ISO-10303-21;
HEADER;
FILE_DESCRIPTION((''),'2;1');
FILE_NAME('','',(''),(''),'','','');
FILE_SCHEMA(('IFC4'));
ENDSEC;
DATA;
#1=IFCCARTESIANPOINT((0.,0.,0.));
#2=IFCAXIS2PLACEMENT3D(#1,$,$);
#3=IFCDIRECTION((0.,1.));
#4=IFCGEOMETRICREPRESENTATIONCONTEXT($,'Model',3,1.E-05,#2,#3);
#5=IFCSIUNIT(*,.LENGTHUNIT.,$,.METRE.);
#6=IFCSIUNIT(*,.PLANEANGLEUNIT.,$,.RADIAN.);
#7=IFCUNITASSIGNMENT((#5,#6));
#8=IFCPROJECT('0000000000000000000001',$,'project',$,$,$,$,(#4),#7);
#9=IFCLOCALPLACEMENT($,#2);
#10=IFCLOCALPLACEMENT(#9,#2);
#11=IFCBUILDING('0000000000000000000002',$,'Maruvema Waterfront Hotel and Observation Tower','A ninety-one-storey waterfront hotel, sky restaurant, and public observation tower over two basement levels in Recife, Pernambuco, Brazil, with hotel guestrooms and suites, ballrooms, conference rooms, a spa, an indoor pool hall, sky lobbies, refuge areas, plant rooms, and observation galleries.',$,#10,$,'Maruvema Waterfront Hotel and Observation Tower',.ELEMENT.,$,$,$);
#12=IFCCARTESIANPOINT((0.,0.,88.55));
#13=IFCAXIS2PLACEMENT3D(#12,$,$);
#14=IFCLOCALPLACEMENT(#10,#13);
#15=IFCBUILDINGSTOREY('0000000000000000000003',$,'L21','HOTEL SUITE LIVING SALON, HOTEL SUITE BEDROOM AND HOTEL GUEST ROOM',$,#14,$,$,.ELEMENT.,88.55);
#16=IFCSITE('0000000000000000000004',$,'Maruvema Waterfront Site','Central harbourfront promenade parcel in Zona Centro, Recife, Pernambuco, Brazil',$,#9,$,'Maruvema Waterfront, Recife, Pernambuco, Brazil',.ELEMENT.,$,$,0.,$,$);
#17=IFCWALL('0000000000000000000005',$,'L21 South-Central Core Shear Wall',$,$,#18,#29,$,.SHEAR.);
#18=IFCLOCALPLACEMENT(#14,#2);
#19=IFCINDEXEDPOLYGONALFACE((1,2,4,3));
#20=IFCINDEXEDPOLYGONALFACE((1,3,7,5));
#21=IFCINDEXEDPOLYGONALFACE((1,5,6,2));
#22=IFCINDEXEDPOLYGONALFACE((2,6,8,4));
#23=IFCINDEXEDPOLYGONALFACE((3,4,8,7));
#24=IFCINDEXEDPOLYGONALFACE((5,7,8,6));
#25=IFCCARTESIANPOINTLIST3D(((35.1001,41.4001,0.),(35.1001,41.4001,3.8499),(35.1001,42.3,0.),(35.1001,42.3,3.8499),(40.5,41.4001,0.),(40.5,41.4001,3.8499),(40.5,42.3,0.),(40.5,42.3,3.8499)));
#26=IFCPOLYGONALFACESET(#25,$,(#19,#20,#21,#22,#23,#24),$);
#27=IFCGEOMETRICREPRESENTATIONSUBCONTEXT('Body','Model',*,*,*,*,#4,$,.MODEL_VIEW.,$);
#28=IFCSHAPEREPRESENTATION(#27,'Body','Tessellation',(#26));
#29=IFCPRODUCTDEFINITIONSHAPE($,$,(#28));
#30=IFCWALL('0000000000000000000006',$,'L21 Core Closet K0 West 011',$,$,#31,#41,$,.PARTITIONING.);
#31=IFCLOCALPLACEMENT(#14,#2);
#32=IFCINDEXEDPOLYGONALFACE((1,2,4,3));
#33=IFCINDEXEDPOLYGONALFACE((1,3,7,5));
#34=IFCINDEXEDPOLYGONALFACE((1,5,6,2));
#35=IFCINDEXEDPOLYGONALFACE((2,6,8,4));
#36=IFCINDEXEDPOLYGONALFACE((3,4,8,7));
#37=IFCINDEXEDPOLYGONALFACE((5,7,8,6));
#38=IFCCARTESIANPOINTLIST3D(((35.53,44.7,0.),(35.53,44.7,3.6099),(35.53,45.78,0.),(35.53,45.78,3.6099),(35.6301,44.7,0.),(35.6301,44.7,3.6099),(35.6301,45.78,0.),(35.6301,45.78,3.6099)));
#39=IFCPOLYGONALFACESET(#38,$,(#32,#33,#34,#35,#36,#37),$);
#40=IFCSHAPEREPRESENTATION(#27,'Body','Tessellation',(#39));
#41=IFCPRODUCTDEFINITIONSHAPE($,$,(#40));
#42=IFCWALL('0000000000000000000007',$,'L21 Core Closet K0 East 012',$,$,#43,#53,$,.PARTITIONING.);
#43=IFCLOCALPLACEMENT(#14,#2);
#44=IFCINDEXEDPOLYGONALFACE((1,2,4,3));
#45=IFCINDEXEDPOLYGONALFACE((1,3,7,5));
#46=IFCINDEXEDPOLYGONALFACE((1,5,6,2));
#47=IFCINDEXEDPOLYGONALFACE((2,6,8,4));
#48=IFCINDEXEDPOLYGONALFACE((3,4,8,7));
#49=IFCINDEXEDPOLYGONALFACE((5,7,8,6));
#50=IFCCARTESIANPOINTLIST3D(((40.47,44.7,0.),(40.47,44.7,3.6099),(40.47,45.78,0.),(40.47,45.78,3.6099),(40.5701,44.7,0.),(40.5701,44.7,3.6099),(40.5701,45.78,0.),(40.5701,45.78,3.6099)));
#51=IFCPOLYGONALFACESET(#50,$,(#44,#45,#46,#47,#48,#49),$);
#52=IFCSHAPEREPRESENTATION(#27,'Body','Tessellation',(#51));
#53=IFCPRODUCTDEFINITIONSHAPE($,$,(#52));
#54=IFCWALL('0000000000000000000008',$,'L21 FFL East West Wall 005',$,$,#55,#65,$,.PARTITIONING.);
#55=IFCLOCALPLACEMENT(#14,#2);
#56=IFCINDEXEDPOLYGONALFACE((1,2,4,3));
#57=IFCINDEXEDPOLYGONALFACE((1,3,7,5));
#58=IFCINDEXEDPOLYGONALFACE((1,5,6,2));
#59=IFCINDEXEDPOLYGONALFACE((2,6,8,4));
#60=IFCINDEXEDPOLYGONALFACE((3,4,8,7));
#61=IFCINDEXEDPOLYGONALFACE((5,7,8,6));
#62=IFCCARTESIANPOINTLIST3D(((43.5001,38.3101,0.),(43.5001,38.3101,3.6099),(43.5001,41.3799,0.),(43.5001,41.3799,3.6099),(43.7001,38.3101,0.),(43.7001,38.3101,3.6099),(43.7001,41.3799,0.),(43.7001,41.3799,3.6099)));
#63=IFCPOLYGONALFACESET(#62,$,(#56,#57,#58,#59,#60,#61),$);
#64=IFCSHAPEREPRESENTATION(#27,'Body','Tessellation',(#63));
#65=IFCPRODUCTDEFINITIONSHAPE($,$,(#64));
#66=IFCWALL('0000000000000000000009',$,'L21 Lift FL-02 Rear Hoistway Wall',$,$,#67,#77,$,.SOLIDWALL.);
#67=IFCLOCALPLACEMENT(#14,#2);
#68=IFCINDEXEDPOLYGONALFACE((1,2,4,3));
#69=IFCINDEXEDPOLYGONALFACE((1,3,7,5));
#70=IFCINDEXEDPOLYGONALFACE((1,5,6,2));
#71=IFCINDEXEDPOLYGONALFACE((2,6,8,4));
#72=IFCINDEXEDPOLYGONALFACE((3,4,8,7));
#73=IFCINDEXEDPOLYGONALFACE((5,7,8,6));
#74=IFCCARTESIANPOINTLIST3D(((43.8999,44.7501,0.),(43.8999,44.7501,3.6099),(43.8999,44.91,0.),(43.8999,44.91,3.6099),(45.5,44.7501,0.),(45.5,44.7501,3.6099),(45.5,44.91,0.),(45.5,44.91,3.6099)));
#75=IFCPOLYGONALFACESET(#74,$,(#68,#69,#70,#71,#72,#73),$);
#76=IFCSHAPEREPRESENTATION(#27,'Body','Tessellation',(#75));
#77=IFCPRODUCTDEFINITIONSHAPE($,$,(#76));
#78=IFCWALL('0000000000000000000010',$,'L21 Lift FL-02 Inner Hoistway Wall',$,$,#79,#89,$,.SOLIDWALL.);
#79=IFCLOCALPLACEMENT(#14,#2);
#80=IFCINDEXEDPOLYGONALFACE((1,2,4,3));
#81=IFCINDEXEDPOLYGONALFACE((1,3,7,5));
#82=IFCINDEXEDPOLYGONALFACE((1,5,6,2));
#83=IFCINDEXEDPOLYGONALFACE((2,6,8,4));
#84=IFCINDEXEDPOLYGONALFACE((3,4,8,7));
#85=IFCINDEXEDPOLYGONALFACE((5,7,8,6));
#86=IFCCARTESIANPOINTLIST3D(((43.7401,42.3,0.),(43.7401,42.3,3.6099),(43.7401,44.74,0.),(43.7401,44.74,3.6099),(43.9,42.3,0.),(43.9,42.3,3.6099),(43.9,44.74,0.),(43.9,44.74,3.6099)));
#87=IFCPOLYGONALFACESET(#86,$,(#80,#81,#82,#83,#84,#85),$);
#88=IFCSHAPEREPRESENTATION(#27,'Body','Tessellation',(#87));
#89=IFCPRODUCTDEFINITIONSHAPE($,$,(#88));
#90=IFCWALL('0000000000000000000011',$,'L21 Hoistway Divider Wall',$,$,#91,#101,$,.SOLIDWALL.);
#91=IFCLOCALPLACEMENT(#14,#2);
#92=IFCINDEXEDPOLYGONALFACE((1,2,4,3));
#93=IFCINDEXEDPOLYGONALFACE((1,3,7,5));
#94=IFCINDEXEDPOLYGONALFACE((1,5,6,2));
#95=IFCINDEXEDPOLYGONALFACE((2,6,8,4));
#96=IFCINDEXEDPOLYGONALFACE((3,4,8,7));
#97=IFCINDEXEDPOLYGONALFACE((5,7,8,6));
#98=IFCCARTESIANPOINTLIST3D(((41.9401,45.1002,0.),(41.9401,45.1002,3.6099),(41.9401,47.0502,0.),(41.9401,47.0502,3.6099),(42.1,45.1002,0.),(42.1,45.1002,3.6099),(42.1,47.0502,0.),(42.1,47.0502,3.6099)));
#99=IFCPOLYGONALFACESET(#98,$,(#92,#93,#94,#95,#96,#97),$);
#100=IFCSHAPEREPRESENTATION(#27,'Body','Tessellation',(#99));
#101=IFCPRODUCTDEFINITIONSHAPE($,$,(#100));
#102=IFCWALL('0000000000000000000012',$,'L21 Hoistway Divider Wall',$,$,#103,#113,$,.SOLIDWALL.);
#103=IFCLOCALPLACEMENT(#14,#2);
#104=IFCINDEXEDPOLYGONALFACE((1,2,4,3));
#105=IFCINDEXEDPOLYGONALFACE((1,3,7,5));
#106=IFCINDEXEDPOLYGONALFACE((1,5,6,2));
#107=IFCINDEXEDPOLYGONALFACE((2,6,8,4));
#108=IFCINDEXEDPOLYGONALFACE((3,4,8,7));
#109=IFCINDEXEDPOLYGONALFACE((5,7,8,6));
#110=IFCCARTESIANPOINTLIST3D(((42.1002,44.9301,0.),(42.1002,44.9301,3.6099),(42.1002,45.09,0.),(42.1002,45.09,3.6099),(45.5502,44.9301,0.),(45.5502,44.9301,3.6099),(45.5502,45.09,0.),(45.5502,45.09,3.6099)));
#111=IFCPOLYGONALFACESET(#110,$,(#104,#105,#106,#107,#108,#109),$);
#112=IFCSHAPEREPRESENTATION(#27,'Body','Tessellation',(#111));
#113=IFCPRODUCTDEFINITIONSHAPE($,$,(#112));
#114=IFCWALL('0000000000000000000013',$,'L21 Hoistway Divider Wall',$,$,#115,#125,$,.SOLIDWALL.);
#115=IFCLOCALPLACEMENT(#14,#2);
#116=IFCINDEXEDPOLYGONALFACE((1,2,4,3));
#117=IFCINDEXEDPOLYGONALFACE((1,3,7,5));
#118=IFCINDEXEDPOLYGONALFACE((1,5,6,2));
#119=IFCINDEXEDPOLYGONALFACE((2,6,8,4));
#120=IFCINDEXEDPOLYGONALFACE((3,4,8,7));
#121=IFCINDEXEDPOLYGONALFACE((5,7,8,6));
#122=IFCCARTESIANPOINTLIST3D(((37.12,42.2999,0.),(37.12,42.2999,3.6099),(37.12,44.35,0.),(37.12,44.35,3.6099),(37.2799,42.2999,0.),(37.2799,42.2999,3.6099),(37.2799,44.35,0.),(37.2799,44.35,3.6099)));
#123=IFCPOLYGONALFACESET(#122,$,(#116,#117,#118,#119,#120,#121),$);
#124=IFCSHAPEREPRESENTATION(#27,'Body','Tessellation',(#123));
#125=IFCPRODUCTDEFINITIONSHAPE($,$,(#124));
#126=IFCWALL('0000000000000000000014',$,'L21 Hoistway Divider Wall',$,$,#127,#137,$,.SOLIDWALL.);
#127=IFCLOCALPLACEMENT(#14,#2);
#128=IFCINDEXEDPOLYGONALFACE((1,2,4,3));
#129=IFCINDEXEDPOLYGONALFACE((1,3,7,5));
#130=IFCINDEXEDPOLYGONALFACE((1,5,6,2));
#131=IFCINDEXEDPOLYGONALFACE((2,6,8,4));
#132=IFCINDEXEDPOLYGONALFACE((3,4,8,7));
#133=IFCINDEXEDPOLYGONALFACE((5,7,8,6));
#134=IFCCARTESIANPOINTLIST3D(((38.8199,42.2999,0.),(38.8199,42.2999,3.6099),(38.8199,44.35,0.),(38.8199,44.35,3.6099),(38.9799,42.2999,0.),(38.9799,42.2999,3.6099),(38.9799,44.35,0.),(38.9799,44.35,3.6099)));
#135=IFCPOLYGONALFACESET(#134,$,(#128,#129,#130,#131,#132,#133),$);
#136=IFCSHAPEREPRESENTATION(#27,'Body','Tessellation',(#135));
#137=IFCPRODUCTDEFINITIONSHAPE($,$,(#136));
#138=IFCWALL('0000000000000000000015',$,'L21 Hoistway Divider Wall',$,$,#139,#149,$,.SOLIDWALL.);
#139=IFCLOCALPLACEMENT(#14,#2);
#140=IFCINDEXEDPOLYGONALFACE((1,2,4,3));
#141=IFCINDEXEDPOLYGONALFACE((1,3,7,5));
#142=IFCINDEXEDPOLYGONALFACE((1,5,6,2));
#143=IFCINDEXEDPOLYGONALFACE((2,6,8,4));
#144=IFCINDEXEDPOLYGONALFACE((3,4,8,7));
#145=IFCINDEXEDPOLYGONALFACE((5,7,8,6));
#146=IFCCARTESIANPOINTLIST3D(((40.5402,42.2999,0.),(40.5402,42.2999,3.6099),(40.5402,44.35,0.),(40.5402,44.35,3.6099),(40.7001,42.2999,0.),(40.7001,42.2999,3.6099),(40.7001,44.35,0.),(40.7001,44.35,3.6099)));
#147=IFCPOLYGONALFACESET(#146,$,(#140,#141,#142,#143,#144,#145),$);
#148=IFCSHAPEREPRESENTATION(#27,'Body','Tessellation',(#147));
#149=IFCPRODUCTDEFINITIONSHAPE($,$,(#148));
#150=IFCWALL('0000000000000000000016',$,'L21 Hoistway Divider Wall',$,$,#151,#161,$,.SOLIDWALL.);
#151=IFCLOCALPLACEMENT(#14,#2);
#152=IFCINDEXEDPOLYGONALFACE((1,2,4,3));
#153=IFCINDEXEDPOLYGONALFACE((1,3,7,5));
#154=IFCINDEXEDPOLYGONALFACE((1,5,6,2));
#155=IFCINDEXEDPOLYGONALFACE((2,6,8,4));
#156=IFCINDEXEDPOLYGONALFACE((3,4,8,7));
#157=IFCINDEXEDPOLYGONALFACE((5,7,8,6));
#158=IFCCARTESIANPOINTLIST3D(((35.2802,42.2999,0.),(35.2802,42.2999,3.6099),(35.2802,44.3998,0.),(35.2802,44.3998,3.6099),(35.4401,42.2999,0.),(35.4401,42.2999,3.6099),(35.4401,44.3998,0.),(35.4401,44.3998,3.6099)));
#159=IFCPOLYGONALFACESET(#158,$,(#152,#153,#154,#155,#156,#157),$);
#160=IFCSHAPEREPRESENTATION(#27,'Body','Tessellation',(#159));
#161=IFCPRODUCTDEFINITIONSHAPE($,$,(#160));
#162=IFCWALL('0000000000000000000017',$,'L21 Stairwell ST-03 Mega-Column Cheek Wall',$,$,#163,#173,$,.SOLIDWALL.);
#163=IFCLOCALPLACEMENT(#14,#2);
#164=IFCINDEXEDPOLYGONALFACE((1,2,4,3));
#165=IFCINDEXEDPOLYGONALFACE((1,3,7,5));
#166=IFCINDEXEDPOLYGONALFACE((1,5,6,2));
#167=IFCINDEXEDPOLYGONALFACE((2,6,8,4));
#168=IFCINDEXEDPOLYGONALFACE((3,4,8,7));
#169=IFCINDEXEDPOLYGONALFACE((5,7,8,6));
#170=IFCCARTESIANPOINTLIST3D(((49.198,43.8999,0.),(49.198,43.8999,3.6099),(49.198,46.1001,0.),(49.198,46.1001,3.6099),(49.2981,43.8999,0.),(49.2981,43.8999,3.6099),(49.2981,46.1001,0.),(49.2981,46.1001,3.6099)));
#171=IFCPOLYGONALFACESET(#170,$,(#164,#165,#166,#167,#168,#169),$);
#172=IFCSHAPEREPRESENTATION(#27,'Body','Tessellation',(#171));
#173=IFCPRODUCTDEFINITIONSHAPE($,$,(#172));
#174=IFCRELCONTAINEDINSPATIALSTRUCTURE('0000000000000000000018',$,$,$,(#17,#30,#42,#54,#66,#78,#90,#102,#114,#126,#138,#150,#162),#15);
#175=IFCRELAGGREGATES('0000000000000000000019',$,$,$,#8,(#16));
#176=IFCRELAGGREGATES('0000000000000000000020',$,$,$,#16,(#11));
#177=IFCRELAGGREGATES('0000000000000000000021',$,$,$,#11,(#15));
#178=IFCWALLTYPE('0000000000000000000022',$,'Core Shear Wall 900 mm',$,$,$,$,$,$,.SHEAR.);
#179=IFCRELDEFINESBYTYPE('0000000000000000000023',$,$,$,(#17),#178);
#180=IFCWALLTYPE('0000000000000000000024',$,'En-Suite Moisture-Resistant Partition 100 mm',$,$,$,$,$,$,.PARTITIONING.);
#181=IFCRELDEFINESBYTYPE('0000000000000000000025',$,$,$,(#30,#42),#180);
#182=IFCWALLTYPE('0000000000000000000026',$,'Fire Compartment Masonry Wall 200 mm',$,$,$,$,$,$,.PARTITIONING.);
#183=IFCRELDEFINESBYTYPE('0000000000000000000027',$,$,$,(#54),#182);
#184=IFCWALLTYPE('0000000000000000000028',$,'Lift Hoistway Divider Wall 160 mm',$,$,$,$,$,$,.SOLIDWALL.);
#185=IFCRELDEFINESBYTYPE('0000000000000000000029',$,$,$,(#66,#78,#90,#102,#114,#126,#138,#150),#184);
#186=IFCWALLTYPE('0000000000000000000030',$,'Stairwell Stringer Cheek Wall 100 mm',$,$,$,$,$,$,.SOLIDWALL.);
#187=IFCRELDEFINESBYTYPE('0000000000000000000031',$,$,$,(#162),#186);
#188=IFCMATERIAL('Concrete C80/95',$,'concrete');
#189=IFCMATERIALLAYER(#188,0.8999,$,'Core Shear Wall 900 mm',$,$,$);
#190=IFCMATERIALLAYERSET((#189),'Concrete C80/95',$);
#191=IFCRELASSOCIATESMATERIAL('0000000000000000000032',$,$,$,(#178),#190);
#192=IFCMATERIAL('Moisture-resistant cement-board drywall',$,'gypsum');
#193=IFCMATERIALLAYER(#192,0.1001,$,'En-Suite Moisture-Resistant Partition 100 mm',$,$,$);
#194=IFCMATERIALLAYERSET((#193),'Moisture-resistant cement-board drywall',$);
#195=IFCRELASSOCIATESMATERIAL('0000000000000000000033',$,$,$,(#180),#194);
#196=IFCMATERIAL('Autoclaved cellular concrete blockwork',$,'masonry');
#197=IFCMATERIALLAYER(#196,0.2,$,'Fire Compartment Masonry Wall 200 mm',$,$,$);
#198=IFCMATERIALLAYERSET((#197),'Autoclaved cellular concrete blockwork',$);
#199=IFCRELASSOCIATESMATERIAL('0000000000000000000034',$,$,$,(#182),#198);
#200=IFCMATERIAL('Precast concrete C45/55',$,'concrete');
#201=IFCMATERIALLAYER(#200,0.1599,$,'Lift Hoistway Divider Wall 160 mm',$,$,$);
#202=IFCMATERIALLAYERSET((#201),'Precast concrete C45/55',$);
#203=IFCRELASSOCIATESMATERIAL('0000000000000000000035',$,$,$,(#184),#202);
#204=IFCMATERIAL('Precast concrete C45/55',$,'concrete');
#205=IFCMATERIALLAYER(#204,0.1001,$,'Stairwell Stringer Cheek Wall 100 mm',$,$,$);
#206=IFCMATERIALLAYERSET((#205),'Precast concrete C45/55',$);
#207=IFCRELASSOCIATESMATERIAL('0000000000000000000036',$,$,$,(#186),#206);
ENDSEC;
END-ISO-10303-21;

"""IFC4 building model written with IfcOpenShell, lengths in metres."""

from ifc_helpers import new_model, si_unit, direction, frame, frame_2d, origin, place, context, subcontext, project, spatial, rectangle, extrude, material, layer, layer_set, type_object, element, save


model = new_model("IFC4")

# Units and contexts
model_context = context("Model", 3, precision=1e-05, world=origin(), true_north=direction((0.0, 1.0)))
body_context = subcontext(model_context, "Body", "Model", "MODEL_VIEW")
ifc_project = project(units=[si_unit("LENGTHUNIT", "METRE"), si_unit("PLANEANGLEUNIT", "RADIAN")], contexts=[model_context])

# Site, building, storey
site_placement = place(None, origin())
site = spatial("IfcSite", under=ifc_project, at=site_placement, Name="Maruvema Waterfront Site", Description="Central harbourfront promenade parcel in Zona Centro, Recife, Pernambuco, Brazil", LongName="Maruvema Waterfront, Recife, Pernambuco, Brazil", CompositionType="ELEMENT", RefElevation=0.0)
building_placement = place(site_placement, origin())
building = spatial("IfcBuilding", under=site, at=building_placement, Name="Maruvema Waterfront Hotel and Observation Tower", Description="A ninety-one-storey waterfront hotel, sky restaurant, and public observation tower over two basement levels in Recife, Pernambuco, Brazil, with hotel guestrooms and suites, ballrooms, conference rooms, a spa, an indoor pool hall, sky lobbies, refuge areas, plant rooms, and observation galleries.", LongName="Maruvema Waterfront Hotel and Observation Tower", CompositionType="ELEMENT")
storey_placement = place(building_placement, frame((0.0, 0.0, 88.55)))
storey = spatial("IfcBuildingStorey", under=building, at=storey_placement, Name="L21", Description="HOTEL SUITE LIVING SALON, HOTEL SUITE BEDROOM AND HOTEL GUEST ROOM", CompositionType="ELEMENT", Elevation=88.55)

# Wall
ifc_material_1 = material(Name="Concrete C80/95", Category="concrete")
ifc_layer_1 = layer(ifc_material_1, 0.8999, Name="Core Shear Wall 900 mm")
ifc_layer_set_1 = layer_set([ifc_layer_1], Name="Concrete C80/95")
wall_type_1 = type_object("IfcWallType", Name="Core Shear Wall 900 mm", PredefinedType="SHEAR", material=ifc_layer_set_1)
wall_1_placement = place(storey_placement, frame((35.1001, 41.8501, 0.0), z_axis=(0.0, 0.0, 1.0), x_axis=(1.0, 0.0, 0.0)))
element("IfcWall", 1, at=wall_1_placement, inside=storey, type_object=wall_type_1, Name="L21 South-Central Core Shear Wall", PredefinedType="SHEAR", context=body_context, shape_type="SweptSolid", body=[
    extrude(rectangle(XDim=5.3999, YDim=0.8999, at=frame_2d((2.7, 0.0))), origin(), (0.0, 0.0, 1.0), 3.8499),
])

# Walls
ifc_material_2 = material(Name="Moisture-resistant cement-board drywall", Category="gypsum")
ifc_layer_2 = layer(ifc_material_2, 0.1001, Name="En-Suite Moisture-Resistant Partition 100 mm")
ifc_layer_set_2 = layer_set([ifc_layer_2], Name="Moisture-resistant cement-board drywall")
wall_type_2 = type_object("IfcWallType", Name="En-Suite Moisture-Resistant Partition 100 mm", PredefinedType="PARTITIONING", material=ifc_layer_set_2)
for number, where, z_axis, x_axis, name in (
    (2, (35.5801, 44.7, 0.0), (0.0, 0.0, 1.0), (0.0, 1.0, 0.0), "L21 Core Closet K0 West 011"),
    (3, (40.52, 44.7, 0.0), (0.0, 0.0, 1.0), (0.0, 1.0, 0.0), "L21 Core Closet K0 East 012"),
):
    element("IfcWall", number, at=place(storey_placement, frame(where, z_axis=z_axis, x_axis=x_axis)), inside=storey, type_object=wall_type_2, Name=name, PredefinedType="PARTITIONING", context=body_context, shape_type="SweptSolid", body=[
        extrude(rectangle(XDim=1.0801, YDim=0.1001, at=frame_2d((0.54, 0.0))), origin(), (0.0, 0.0, 1.0), 3.6099),
    ])

# Shared definitions
ifc_material_3 = material(Name="Autoclaved cellular concrete blockwork", Category="masonry")
ifc_layer_3 = layer(ifc_material_3, 0.2, Name="Fire Compartment Masonry Wall 200 mm")
ifc_layer_set_3 = layer_set([ifc_layer_3], Name="Autoclaved cellular concrete blockwork")
wall_type_3 = type_object("IfcWallType", Name="Fire Compartment Masonry Wall 200 mm", PredefinedType="PARTITIONING", material=ifc_layer_set_3)

# Walls
wall_2_placement = place(storey_placement, frame((43.6001, 38.3101, 0.0), z_axis=(0.0, 0.0, 1.0), x_axis=(0.0, 1.0, 0.0)))
element("IfcWall", 4, at=wall_2_placement, inside=storey, type_object=wall_type_3, Name="L21 FFL East West Wall 005", PredefinedType="PARTITIONING", context=body_context, shape_type="SweptSolid", body=[
    extrude(rectangle(XDim=3.0698, YDim=0.2, at=frame_2d((1.5349, 0.0))), origin(), (0.0, 0.0, 1.0), 3.6099),
])
ifc_material_4 = material(Name="Precast concrete C45/55", Category="concrete")
ifc_layer_4 = layer(ifc_material_4, 0.1599, Name="Lift Hoistway Divider Wall 160 mm")
ifc_layer_set_4 = layer_set([ifc_layer_4], Name="Precast concrete C45/55")
wall_type_4 = type_object("IfcWallType", Name="Lift Hoistway Divider Wall 160 mm", PredefinedType="SOLIDWALL", material=ifc_layer_set_4)
wall_3_placement = place(storey_placement, frame((43.8999, 44.8301, 0.0), z_axis=(0.0, 0.0, 1.0), x_axis=(1.0, 0.0, 0.0)))
element("IfcWall", 5, at=wall_3_placement, inside=storey, type_object=wall_type_4, Name="L21 Lift FL-02 Rear Hoistway Wall", PredefinedType="SOLIDWALL", context=body_context, shape_type="SweptSolid", body=[
    extrude(rectangle(XDim=1.6001, YDim=0.1599, at=frame_2d((0.8, 0.0))), origin(), (0.0, 0.0, 1.0), 3.6099),
])
wall_4_placement = place(storey_placement, frame((43.8201, 42.3, 0.0), z_axis=(0.0, 0.0, 1.0), x_axis=(0.0, 1.0, 0.0)))
element("IfcWall", 6, at=wall_4_placement, inside=storey, type_object=wall_type_4, Name="L21 Lift FL-02 Inner Hoistway Wall", PredefinedType="SOLIDWALL", context=body_context, shape_type="SweptSolid", body=[
    extrude(rectangle(XDim=2.4399, YDim=0.1599, at=frame_2d((1.22, 0.0))), origin(), (0.0, 0.0, 1.0), 3.6099),
])
wall_5_placement = place(storey_placement, frame((42.02, 45.1001, 0.0), z_axis=(0.0, 0.0, 1.0), x_axis=(0.0, 1.0, 0.0)))
element("IfcWall", 7, at=wall_5_placement, inside=storey, type_object=wall_type_4, Name="L21 Hoistway Divider Wall", PredefinedType="SOLIDWALL", context=body_context, shape_type="SweptSolid", body=[
    extrude(rectangle(XDim=1.95, YDim=0.1599, at=frame_2d((0.9751, 0.0))), origin(), (0.0, 0.0, 1.0), 3.6099),
])
wall_6_placement = place(storey_placement, frame((42.1001, 45.01, 0.0), z_axis=(0.0, 0.0, 1.0), x_axis=(1.0, 0.0, 0.0)))
element("IfcWall", 8, at=wall_6_placement, inside=storey, type_object=wall_type_4, Name="L21 Hoistway Divider Wall", PredefinedType="SOLIDWALL", context=body_context, shape_type="SweptSolid", body=[
    extrude(rectangle(XDim=3.45, YDim=0.1599, at=frame_2d((1.7251, 0.0))), origin(), (0.0, 0.0, 1.0), 3.6099),
])
for number, where, z_axis, x_axis, name in (
    (9, (37.2, 42.3, 0.0), (0.0, 0.0, 1.0), (0.0, 1.0, 0.0), "L21 Hoistway Divider Wall"),
    (10, (38.8999, 42.3, 0.0), (0.0, 0.0, 1.0), (0.0, 1.0, 0.0), "L21 Hoistway Divider Wall"),
    (11, (40.6201, 42.3, 0.0), (0.0, 0.0, 1.0), (0.0, 1.0, 0.0), "L21 Hoistway Divider Wall"),
):
    element("IfcWall", number, at=place(storey_placement, frame(where, z_axis=z_axis, x_axis=x_axis)), inside=storey, type_object=wall_type_4, Name=name, PredefinedType="SOLIDWALL", context=body_context, shape_type="SweptSolid", body=[
        extrude(rectangle(XDim=2.05, YDim=0.1599, at=frame_2d((1.0249, 0.0))), origin(), (0.0, 0.0, 1.0), 3.6099),
    ])
wall_7_placement = place(storey_placement, frame((35.3601, 42.3, 0.0), z_axis=(0.0, 0.0, 1.0), x_axis=(0.0, 1.0, 0.0)))
element("IfcWall", 12, at=wall_7_placement, inside=storey, type_object=wall_type_4, Name="L21 Hoistway Divider Wall", PredefinedType="SOLIDWALL", context=body_context, shape_type="SweptSolid", body=[
    extrude(rectangle(XDim=2.0999, YDim=0.1599, at=frame_2d((1.0498, 0.0))), origin(), (0.0, 0.0, 1.0), 3.6099),
])
ifc_material_5 = material(Name="Precast concrete C45/55", Category="concrete")
ifc_layer_5 = layer(ifc_material_5, 0.1001, Name="Stairwell Stringer Cheek Wall 100 mm")
ifc_layer_set_5 = layer_set([ifc_layer_5], Name="Precast concrete C45/55")
wall_type_5 = type_object("IfcWallType", Name="Stairwell Stringer Cheek Wall 100 mm", PredefinedType="SOLIDWALL", material=ifc_layer_set_5)
wall_8_placement = place(storey_placement, frame((49.248, 43.8999, 0.0), z_axis=(0.0, 0.0, 1.0), x_axis=(0.0, 1.0, 0.0)))
element("IfcWall", 13, at=wall_8_placement, inside=storey, type_object=wall_type_5, Name="L21 Stairwell ST-03 Mega-Column Cheek Wall", PredefinedType="SOLIDWALL", context=body_context, shape_type="SweptSolid", body=[
    extrude(rectangle(XDim=2.2002, YDim=0.1001, at=frame_2d((1.1001, 0.0))), origin(), (0.0, 0.0, 1.0), 3.6099),
])

save(model, "model.ifc")
